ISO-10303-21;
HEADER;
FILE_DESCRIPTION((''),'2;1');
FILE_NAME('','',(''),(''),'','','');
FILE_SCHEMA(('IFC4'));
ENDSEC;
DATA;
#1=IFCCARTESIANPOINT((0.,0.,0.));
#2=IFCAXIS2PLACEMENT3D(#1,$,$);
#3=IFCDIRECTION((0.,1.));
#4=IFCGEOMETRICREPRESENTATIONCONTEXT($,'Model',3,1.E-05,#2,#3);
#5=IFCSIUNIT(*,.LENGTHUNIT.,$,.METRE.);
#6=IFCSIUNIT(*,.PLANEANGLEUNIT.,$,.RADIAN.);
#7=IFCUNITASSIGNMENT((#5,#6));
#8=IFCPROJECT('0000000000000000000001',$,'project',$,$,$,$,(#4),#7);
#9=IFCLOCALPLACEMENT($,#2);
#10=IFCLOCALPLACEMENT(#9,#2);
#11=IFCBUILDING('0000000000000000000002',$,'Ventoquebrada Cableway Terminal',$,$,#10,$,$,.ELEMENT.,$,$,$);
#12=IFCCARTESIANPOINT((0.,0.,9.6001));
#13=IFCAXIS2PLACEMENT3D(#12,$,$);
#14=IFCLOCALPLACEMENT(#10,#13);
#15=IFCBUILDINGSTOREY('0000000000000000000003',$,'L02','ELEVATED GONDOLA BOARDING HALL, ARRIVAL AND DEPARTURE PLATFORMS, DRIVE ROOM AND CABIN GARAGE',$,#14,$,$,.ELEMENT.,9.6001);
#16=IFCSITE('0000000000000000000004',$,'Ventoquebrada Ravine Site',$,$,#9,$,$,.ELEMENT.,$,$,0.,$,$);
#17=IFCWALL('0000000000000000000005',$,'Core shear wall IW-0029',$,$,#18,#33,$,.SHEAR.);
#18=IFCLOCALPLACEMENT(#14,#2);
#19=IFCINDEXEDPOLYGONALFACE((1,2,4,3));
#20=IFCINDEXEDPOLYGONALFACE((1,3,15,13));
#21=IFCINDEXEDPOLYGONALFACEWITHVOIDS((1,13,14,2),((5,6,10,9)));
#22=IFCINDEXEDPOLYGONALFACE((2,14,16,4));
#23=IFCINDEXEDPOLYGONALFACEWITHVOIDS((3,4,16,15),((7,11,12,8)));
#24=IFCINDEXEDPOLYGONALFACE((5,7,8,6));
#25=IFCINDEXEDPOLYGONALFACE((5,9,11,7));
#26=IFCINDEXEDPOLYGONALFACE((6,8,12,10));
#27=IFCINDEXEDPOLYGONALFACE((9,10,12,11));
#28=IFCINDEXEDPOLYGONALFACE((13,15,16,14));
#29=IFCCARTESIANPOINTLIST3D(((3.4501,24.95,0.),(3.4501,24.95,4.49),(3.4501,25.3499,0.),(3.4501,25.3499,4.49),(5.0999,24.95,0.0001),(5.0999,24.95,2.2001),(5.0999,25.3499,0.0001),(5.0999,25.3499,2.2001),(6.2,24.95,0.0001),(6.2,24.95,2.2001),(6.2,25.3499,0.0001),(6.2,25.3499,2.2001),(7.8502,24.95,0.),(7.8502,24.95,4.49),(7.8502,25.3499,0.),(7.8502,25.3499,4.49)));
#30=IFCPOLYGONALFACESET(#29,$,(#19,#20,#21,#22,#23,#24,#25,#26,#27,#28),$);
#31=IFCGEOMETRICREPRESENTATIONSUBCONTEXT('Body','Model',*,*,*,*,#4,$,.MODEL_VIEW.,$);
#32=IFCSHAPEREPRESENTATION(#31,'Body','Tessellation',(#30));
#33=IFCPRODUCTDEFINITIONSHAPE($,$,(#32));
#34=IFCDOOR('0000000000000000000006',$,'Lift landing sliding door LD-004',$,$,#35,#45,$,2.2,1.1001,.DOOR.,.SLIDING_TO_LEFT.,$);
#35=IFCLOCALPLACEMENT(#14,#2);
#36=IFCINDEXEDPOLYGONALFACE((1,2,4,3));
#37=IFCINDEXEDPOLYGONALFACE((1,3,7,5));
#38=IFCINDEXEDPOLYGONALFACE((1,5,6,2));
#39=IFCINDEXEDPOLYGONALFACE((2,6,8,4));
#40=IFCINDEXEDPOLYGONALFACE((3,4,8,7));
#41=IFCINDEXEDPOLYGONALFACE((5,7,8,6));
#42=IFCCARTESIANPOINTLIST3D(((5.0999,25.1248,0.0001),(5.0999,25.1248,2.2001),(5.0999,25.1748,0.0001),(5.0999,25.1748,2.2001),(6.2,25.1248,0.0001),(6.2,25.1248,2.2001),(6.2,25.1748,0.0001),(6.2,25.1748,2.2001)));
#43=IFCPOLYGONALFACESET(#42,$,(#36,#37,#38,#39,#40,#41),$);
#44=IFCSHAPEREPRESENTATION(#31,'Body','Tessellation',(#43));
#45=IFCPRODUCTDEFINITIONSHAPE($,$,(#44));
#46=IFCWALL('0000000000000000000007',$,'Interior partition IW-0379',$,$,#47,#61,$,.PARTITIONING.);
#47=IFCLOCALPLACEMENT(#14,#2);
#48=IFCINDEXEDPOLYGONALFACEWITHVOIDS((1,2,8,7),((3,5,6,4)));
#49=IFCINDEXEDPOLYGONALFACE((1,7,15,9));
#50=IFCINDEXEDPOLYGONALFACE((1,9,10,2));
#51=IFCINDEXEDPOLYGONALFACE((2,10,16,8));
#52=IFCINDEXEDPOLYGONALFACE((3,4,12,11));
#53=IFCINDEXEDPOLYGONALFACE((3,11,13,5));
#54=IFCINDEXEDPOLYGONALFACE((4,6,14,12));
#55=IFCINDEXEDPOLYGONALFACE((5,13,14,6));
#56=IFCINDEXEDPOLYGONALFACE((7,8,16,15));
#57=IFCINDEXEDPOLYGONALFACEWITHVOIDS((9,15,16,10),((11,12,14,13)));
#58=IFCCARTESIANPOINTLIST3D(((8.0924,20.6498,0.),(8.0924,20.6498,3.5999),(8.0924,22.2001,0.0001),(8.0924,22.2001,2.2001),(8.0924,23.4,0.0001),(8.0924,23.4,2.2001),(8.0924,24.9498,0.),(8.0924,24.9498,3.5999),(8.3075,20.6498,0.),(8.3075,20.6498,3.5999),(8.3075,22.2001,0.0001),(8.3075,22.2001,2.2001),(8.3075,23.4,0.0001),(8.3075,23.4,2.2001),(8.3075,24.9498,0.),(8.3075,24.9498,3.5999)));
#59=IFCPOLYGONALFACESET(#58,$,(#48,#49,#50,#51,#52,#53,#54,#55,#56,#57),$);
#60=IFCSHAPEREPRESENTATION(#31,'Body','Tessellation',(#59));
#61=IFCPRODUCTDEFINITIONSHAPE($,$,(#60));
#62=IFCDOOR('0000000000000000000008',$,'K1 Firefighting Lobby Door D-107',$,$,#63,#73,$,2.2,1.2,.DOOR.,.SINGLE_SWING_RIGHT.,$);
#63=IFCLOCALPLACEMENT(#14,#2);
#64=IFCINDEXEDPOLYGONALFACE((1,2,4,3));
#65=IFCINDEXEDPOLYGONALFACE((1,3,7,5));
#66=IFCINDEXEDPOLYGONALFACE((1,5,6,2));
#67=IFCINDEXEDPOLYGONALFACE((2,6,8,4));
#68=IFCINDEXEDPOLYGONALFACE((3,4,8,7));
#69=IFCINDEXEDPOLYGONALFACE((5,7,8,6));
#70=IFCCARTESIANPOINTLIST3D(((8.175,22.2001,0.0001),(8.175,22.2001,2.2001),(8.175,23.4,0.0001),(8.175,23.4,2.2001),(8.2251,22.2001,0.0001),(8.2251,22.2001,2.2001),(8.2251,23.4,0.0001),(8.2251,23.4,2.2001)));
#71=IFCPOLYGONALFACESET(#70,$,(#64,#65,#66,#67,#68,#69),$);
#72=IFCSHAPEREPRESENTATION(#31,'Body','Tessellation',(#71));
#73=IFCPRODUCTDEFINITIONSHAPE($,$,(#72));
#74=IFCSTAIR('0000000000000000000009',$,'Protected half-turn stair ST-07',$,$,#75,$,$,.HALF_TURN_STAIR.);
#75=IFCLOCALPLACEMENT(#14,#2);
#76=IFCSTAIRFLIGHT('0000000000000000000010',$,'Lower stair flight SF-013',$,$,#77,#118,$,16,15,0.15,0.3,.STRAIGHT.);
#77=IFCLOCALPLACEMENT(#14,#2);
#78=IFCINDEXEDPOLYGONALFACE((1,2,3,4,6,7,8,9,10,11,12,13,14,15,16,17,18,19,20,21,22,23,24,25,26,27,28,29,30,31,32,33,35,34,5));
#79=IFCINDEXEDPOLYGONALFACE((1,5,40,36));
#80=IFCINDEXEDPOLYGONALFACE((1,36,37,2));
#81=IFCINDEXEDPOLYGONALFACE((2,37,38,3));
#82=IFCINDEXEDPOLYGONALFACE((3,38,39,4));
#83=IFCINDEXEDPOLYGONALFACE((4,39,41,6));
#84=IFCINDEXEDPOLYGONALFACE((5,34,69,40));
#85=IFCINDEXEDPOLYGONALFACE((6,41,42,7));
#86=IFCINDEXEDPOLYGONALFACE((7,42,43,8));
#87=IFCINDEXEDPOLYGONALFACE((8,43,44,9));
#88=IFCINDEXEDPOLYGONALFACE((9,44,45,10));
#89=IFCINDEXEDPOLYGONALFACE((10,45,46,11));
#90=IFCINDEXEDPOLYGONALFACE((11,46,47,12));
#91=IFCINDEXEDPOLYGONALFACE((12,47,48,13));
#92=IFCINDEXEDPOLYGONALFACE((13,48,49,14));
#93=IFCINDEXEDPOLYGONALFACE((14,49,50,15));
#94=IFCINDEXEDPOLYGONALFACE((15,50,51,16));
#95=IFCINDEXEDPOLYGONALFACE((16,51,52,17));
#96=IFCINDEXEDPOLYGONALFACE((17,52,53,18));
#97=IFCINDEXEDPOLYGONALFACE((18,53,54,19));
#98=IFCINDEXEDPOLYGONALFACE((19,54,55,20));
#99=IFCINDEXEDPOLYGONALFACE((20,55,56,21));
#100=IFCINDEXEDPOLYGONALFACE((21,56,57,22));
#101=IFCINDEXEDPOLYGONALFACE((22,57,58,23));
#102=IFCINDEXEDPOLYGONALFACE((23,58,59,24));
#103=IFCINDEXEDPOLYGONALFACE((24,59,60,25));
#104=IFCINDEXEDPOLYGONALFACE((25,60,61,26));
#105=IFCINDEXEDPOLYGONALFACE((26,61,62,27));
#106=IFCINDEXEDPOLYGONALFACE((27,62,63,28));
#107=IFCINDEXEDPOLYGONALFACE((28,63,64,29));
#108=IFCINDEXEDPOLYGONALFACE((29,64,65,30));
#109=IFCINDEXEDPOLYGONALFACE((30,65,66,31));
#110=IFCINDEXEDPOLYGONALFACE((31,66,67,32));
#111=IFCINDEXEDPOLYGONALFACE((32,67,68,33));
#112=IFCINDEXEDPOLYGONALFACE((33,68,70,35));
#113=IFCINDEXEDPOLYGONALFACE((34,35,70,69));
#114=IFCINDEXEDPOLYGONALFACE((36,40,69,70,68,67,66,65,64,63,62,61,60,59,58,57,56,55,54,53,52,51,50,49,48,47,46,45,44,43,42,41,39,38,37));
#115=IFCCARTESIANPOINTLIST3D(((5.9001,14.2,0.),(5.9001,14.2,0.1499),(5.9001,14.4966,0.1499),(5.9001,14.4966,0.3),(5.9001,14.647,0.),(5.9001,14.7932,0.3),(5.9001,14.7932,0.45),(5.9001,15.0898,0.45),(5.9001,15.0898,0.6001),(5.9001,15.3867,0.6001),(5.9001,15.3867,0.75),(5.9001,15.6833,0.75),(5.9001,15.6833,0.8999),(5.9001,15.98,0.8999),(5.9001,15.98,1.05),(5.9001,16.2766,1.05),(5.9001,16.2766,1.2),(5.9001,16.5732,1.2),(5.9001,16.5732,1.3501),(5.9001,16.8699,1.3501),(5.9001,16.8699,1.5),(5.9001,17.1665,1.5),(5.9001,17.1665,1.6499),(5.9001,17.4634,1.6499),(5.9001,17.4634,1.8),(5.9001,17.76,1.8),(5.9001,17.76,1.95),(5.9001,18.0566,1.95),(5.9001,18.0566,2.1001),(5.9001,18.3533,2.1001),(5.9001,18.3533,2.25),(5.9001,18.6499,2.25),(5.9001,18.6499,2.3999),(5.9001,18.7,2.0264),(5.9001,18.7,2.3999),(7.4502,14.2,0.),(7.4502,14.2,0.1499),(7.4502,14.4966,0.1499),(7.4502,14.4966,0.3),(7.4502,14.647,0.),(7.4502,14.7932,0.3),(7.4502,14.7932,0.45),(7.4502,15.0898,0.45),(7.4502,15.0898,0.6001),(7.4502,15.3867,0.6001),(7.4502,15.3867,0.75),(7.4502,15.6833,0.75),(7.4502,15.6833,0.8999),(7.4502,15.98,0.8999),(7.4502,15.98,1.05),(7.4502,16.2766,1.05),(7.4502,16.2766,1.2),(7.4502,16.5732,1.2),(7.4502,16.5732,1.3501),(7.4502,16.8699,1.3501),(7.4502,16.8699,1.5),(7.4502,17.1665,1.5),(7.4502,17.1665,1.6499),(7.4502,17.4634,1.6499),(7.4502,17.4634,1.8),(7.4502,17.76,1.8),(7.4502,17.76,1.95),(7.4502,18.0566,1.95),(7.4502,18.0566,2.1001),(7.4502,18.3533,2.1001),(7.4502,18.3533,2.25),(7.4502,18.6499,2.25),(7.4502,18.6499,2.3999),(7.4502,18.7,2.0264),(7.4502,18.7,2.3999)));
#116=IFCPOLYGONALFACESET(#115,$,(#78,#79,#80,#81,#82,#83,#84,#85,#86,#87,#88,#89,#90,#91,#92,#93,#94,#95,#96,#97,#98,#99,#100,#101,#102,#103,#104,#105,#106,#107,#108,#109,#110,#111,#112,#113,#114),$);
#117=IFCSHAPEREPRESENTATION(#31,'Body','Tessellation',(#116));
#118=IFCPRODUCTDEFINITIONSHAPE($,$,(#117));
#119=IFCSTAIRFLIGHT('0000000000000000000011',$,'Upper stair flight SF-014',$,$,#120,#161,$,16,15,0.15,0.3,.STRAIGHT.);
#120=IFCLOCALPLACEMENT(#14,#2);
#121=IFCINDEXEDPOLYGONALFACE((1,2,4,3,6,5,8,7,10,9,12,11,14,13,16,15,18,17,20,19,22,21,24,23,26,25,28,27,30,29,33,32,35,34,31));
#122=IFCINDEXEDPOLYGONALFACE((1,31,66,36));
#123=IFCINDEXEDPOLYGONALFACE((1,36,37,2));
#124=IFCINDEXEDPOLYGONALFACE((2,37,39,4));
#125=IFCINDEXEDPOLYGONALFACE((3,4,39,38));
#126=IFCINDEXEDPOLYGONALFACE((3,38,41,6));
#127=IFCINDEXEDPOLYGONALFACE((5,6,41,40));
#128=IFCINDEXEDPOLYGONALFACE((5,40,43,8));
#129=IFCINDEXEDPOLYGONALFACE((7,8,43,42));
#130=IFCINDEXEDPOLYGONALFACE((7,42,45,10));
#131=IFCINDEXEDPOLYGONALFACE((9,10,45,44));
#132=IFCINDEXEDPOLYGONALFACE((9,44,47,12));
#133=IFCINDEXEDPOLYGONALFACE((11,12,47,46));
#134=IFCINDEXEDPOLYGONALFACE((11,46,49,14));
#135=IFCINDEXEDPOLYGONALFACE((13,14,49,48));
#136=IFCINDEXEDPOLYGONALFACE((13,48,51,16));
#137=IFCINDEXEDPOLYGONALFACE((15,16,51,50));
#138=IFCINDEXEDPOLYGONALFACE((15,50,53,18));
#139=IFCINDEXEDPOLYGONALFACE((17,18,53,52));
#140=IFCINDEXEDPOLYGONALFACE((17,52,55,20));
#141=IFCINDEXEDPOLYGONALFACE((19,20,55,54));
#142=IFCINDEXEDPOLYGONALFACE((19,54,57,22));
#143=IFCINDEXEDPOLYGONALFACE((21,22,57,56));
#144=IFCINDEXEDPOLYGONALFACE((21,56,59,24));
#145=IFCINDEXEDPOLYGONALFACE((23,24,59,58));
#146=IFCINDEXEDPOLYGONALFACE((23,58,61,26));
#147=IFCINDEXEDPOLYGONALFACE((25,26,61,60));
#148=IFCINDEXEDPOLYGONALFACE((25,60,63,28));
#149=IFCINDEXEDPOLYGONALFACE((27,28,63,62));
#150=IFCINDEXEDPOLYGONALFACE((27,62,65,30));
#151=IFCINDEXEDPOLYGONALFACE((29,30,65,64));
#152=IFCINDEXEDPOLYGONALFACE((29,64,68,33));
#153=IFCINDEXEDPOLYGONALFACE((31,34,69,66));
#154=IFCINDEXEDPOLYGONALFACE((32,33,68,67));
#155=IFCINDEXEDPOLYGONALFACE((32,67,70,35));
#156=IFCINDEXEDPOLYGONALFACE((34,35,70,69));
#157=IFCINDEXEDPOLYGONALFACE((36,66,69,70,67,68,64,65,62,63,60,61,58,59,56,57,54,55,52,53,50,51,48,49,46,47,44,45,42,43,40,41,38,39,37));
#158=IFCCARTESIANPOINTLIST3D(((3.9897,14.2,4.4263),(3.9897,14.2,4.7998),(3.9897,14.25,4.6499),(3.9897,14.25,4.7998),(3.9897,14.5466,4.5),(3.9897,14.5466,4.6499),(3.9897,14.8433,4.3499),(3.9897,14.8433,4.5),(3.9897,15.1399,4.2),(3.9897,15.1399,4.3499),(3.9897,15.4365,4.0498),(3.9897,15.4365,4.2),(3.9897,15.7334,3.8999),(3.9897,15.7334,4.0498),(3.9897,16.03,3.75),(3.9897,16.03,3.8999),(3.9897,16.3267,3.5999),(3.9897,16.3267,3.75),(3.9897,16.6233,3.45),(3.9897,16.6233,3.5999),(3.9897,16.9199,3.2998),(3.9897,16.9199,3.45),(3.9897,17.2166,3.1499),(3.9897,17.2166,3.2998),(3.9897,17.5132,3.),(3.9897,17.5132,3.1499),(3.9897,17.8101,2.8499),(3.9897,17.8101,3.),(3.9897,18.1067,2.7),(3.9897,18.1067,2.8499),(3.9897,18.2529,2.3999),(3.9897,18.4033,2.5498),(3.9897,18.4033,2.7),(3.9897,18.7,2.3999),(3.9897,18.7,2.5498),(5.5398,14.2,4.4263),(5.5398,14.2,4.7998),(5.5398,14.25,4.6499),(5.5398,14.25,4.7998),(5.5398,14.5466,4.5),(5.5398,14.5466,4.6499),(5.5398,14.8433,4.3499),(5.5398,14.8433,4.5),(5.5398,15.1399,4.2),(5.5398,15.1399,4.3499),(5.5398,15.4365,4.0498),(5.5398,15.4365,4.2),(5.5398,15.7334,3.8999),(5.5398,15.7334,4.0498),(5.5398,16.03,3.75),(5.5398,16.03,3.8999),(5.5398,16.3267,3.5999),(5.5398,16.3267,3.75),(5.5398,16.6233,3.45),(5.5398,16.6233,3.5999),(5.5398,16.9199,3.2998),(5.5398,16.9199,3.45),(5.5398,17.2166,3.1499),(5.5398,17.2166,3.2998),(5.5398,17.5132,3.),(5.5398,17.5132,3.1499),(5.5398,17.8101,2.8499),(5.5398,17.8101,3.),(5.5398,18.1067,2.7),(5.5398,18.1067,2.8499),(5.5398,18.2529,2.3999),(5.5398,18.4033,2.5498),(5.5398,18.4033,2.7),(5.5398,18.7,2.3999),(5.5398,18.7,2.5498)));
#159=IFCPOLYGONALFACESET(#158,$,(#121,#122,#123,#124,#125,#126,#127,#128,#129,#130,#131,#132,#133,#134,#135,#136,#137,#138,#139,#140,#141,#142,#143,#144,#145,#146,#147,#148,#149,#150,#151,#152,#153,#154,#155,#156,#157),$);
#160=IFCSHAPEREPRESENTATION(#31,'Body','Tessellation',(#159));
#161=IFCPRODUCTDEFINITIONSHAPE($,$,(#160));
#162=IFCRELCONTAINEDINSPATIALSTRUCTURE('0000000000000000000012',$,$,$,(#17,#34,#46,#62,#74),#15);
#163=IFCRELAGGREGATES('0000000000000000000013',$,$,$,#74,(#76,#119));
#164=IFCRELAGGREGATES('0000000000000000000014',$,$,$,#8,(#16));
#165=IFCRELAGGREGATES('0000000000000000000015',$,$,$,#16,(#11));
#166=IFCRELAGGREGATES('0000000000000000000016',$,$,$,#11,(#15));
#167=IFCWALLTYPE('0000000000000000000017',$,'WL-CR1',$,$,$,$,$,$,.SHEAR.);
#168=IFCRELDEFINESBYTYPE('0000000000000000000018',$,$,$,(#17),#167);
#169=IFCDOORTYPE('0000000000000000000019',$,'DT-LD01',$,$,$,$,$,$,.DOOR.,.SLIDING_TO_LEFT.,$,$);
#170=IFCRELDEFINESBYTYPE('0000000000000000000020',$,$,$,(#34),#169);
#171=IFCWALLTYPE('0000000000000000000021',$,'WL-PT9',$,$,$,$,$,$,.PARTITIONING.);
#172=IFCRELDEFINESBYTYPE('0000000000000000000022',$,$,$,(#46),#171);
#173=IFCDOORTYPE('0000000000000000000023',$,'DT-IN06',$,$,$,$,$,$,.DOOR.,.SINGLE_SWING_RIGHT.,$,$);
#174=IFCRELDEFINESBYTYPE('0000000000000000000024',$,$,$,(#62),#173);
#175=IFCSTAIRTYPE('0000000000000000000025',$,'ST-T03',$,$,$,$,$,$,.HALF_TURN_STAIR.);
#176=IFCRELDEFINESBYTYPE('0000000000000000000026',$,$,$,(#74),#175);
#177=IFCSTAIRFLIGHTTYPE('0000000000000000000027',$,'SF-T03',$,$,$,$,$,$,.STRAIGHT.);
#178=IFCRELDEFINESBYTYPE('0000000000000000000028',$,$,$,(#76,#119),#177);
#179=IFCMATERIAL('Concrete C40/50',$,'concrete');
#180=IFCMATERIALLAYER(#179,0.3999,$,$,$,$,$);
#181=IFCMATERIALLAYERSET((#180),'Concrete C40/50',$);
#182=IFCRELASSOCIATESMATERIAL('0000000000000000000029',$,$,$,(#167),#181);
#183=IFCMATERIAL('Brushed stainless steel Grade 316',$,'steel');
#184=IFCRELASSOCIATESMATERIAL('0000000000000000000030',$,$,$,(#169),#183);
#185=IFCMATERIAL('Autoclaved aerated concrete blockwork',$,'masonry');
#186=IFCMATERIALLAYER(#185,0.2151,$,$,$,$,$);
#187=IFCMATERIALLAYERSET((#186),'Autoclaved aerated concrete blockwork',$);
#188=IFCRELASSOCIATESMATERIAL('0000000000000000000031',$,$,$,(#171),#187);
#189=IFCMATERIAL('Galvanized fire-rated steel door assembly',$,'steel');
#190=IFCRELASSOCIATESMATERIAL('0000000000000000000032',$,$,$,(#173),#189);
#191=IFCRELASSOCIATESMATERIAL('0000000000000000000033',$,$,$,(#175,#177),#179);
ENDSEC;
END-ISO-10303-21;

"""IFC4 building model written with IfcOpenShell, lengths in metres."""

from ifc_helpers import new_model, si_unit, direction, frame, frame_2d, origin, place, context, subcontext, project, spatial, polyline, rectangle, outline, extrude, material, layer, layer_set, type_object, element, fill, aggregate, save


model = new_model("IFC4")

# Units and contexts
model_context = context("Model", 3, precision=1e-05, world=origin(), true_north=direction((0.0, 1.0)))
body_context = subcontext(model_context, "Body", "Model", "MODEL_VIEW")
ifc_project = project(units=[si_unit("LENGTHUNIT", "METRE"), si_unit("PLANEANGLEUNIT", "RADIAN")], contexts=[model_context])

# Site, building, storey
site_placement = place(None, origin())
site = spatial("IfcSite", under=ifc_project, at=site_placement, Name="Ventoquebrada Ravine Site", CompositionType="ELEMENT", RefElevation=0.0)
building_placement = place(site_placement, origin())
building = spatial("IfcBuilding", under=site, at=building_placement, Name="Ventoquebrada Cableway Terminal", CompositionType="ELEMENT")
storey_placement = place(building_placement, frame((0.0, 0.0, 9.6001)))
storey = spatial("IfcBuildingStorey", under=building, at=storey_placement, Name="L02", Description="ELEVATED GONDOLA BOARDING HALL, ARRIVAL AND DEPARTURE PLATFORMS, DRIVE ROOM AND CABIN GARAGE", CompositionType="ELEMENT", Elevation=9.6001)

# Shared definitions
ifc_material_1 = material(Name="Concrete C40/50", Category="concrete")

# Shared definitions
ifc_layer_1 = layer(ifc_material_1, 0.3999)
ifc_layer_set_1 = layer_set([ifc_layer_1], Name="Concrete C40/50")
wall_type_1 = type_object("IfcWallType", Name="WL-CR1", PredefinedType="SHEAR", material=ifc_layer_set_1)
ifc_material_2 = material(Name="Galvanized fire-rated steel door assembly", Category="steel")

# Walls, openings, doors
wall_1_placement = place(storey_placement, frame((3.45, 25.1499, 0.0), z_axis=(0.0, 0.0, 1.0), x_axis=(1.0, 0.0, 0.0)))
wall_1 = element("IfcWall", 1, at=wall_1_placement, inside=storey, type_object=wall_type_1, Name="Core shear wall IW-0029", PredefinedType="SHEAR", context=body_context, shape_type="SweptSolid", body=[
    extrude(rectangle(XDim=4.4001, YDim=0.3999, at=frame_2d((2.2002, 0.0))), origin(), (0.0, 0.0, 1.0), 4.49),
])
opening_1_placement = place(wall_1_placement, frame((1.6499, 0.0, 0.0)))
opening_1 = element("IfcOpeningElement", 2, at=opening_1_placement, cuts=wall_1, PredefinedType="OPENING", context=body_context, shape_type="SweptSolid", body=[
    extrude(rectangle(XDim=1.1001, YDim=2.2, at=frame_2d((0.55, 1.1001))), frame((0.0, 0.21, 0.0), z_axis=(0.0, -1.0, 0.0), x_axis=(1.0, 0.0, 0.0)), (0.0, 0.0, 1.0), 0.4199),
])
ifc_material_3 = material(Name="Brushed stainless steel Grade 316", Category="steel")
door_type_1 = type_object("IfcDoorType", Name="DT-LD01", OperationType="SLIDING_TO_LEFT", PredefinedType="DOOR", material=ifc_material_3)
door_1_placement = place(opening_1_placement, origin())
door_1 = element("IfcDoor", 3, at=door_1_placement, inside=storey, type_object=door_type_1, Name="Lift landing sliding door LD-004", OperationType="SLIDING_TO_LEFT", OverallHeight=2.2, OverallWidth=1.1001, PredefinedType="DOOR", context=body_context, shape_type="SweptSolid", body=[
    extrude(rectangle(XDim=1.1001, YDim=2.2, at=frame_2d((0.55, 1.1001))), frame((0.0, 0.0249, 0.0), z_axis=(0.0, -1.0, 0.0), x_axis=(1.0, 0.0, 0.0)), (0.0, 0.0, 1.0), 0.05),
])
fill(opening_1, door_1)
ifc_material_4 = material(Name="Autoclaved aerated concrete blockwork", Category="masonry")
ifc_layer_2 = layer(ifc_material_4, 0.2151)
ifc_layer_set_2 = layer_set([ifc_layer_2], Name="Autoclaved aerated concrete blockwork")
wall_type_2 = type_object("IfcWallType", Name="WL-PT9", PredefinedType="PARTITIONING", material=ifc_layer_set_2)
wall_2_placement = place(storey_placement, frame((8.2, 20.6499, 0.0), z_axis=(0.0, 0.0, 1.0), x_axis=(0.0, 1.0, 0.0)))
wall_2 = element("IfcWall", 4, at=wall_2_placement, inside=storey, type_object=wall_type_2, Name="Interior partition IW-0379", PredefinedType="PARTITIONING", context=body_context, shape_type="SweptSolid", body=[
    extrude(rectangle(XDim=4.3, YDim=0.2151, at=frame_2d((2.1499, 0.0))), origin(), (0.0, 0.0, 1.0), 3.5999),
])
opening_2_placement = place(wall_2_placement, frame((1.55, 0.0, 0.0)))
opening_2 = element("IfcOpeningElement", 5, at=opening_2_placement, cuts=wall_2, PredefinedType="OPENING", context=body_context, shape_type="SweptSolid", body=[
    extrude(rectangle(XDim=1.2, YDim=2.2, at=frame_2d((0.6001, 1.1001))), frame((0.0, 0.1174, 0.0), z_axis=(0.0, -1.0, 0.0), x_axis=(1.0, 0.0, 0.0)), (0.0, 0.0, 1.0), 0.2351),
])
door_type_2 = type_object("IfcDoorType", Name="DT-IN06", OperationType="SINGLE_SWING_RIGHT", PredefinedType="DOOR", material=ifc_material_2)
door_2_placement = place(opening_2_placement, origin())
door_2 = element("IfcDoor", 6, at=door_2_placement, inside=storey, type_object=door_type_2, Name="K1 Firefighting Lobby Door D-107", OperationType="SINGLE_SWING_RIGHT", OverallHeight=2.2, OverallWidth=1.2, PredefinedType="DOOR", context=body_context, shape_type="SweptSolid", body=[
    extrude(rectangle(XDim=1.2, YDim=2.2, at=frame_2d((0.6001, 1.1001))), frame((0.0, 0.0249, 0.0), z_axis=(0.0, -1.0, 0.0), x_axis=(1.0, 0.0, 0.0)), (0.0, 0.0, 1.0), 0.05),
])
fill(opening_2, door_2)

# Stair, stair flights
stair_type = type_object("IfcStairType", Name="ST-T03", PredefinedType="HALF_TURN_STAIR", material=ifc_material_1)
stair_placement = place(storey_placement, origin())
stair = element("IfcStair", 7, at=stair_placement, inside=storey, type_object=stair_type, Name="Protected half-turn stair ST-07", PredefinedType="HALF_TURN_STAIR")
stair_flight_type = type_object("IfcStairFlightType", Name="SF-T03", PredefinedType="STRAIGHT", material=ifc_material_1)
stair_flight_1_placement = place(storey_placement, frame((6.675, 14.2, 0.0), z_axis=(0.0, 0.0, 1.0), x_axis=(0.0, 1.0, 0.0)))
stair_flight_1 = element("IfcStairFlight", 8, at=stair_flight_1_placement, type_object=stair_flight_type, Name="Lower stair flight SF-013", NumberOfRisers=16, NumberOfTreads=15, PredefinedType="STRAIGHT", RiserHeight=0.15, TreadLength=0.3, context=body_context, shape_type="SweptSolid", body=[
    extrude(outline(polyline([(0.0, 0.0), (0.0, 0.1499), (0.2966, 0.1499), (0.2966, 0.3), (0.5933, 0.3), (0.5933, 0.45), (0.8899, 0.45), (0.8899, 0.6001), (1.1868, 0.6001), (1.1868, 0.75), (1.4834, 0.75), (1.4834, 0.8999), (1.78, 0.8999), (1.78, 1.05), (2.0767, 1.05), (2.0767, 1.2), (2.3733, 1.2), (2.3733, 1.3501), (2.6699, 1.3501), (2.6699, 1.5), (2.9666, 1.5), (2.9666, 1.6499), (3.2634, 1.6499), (3.2634, 1.8), (3.5601, 1.8), (3.5601, 1.95), (3.8567, 1.95), (3.8567, 2.1001), (4.1533, 2.1001), (4.1533, 2.25), (4.45, 2.25), (4.45, 2.3999), (4.5, 2.3999), (4.5, 2.0264), (0.447, 0.0), (0.0, 0.0)])), frame((0.0, 0.7749, 0.0), z_axis=(0.0, -1.0, 0.0), x_axis=(1.0, 0.0, 0.0)), (0.0, 0.0, 1.0), 1.55),
])
stair_flight_2_placement = place(storey_placement, frame((4.7649, 18.7, 2.3999), z_axis=(0.0, 0.0, 1.0), x_axis=(0.0, -1.0, 0.0)))
stair_flight_2 = element("IfcStairFlight", 9, at=stair_flight_2_placement, type_object=stair_flight_type, Name="Upper stair flight SF-014", NumberOfRisers=16, NumberOfTreads=15, PredefinedType="STRAIGHT", RiserHeight=0.15, TreadLength=0.3, context=body_context, shape_type="SweptSolid", body=[
    extrude(outline(polyline([(0.0, 0.0), (0.0, 0.1499), (0.2966, 0.1499), (0.2966, 0.3), (0.5933, 0.3), (0.5933, 0.45), (0.8899, 0.45), (0.8899, 0.6001), (1.1868, 0.6001), (1.1868, 0.75), (1.4834, 0.75), (1.4834, 0.8999), (1.78, 0.8999), (1.78, 1.05), (2.0767, 1.05), (2.0767, 1.2), (2.3733, 1.2), (2.3733, 1.3501), (2.6699, 1.3501), (2.6699, 1.5), (2.9666, 1.5), (2.9666, 1.6499), (3.2634, 1.6499), (3.2634, 1.8), (3.5601, 1.8), (3.5601, 1.95), (3.8567, 1.95), (3.8567, 2.1001), (4.1533, 2.1001), (4.1533, 2.25), (4.45, 2.25), (4.45, 2.3999), (4.5, 2.3999), (4.5, 2.0264), (0.447, 0.0), (0.0, 0.0)])), frame((0.0, 0.7749, 0.0), z_axis=(0.0, -1.0, 0.0), x_axis=(1.0, 0.0, 0.0)), (0.0, 0.0, 1.0), 1.55),
])
aggregate(stair, [stair_flight_1, stair_flight_2])

save(model, "model.ifc")
